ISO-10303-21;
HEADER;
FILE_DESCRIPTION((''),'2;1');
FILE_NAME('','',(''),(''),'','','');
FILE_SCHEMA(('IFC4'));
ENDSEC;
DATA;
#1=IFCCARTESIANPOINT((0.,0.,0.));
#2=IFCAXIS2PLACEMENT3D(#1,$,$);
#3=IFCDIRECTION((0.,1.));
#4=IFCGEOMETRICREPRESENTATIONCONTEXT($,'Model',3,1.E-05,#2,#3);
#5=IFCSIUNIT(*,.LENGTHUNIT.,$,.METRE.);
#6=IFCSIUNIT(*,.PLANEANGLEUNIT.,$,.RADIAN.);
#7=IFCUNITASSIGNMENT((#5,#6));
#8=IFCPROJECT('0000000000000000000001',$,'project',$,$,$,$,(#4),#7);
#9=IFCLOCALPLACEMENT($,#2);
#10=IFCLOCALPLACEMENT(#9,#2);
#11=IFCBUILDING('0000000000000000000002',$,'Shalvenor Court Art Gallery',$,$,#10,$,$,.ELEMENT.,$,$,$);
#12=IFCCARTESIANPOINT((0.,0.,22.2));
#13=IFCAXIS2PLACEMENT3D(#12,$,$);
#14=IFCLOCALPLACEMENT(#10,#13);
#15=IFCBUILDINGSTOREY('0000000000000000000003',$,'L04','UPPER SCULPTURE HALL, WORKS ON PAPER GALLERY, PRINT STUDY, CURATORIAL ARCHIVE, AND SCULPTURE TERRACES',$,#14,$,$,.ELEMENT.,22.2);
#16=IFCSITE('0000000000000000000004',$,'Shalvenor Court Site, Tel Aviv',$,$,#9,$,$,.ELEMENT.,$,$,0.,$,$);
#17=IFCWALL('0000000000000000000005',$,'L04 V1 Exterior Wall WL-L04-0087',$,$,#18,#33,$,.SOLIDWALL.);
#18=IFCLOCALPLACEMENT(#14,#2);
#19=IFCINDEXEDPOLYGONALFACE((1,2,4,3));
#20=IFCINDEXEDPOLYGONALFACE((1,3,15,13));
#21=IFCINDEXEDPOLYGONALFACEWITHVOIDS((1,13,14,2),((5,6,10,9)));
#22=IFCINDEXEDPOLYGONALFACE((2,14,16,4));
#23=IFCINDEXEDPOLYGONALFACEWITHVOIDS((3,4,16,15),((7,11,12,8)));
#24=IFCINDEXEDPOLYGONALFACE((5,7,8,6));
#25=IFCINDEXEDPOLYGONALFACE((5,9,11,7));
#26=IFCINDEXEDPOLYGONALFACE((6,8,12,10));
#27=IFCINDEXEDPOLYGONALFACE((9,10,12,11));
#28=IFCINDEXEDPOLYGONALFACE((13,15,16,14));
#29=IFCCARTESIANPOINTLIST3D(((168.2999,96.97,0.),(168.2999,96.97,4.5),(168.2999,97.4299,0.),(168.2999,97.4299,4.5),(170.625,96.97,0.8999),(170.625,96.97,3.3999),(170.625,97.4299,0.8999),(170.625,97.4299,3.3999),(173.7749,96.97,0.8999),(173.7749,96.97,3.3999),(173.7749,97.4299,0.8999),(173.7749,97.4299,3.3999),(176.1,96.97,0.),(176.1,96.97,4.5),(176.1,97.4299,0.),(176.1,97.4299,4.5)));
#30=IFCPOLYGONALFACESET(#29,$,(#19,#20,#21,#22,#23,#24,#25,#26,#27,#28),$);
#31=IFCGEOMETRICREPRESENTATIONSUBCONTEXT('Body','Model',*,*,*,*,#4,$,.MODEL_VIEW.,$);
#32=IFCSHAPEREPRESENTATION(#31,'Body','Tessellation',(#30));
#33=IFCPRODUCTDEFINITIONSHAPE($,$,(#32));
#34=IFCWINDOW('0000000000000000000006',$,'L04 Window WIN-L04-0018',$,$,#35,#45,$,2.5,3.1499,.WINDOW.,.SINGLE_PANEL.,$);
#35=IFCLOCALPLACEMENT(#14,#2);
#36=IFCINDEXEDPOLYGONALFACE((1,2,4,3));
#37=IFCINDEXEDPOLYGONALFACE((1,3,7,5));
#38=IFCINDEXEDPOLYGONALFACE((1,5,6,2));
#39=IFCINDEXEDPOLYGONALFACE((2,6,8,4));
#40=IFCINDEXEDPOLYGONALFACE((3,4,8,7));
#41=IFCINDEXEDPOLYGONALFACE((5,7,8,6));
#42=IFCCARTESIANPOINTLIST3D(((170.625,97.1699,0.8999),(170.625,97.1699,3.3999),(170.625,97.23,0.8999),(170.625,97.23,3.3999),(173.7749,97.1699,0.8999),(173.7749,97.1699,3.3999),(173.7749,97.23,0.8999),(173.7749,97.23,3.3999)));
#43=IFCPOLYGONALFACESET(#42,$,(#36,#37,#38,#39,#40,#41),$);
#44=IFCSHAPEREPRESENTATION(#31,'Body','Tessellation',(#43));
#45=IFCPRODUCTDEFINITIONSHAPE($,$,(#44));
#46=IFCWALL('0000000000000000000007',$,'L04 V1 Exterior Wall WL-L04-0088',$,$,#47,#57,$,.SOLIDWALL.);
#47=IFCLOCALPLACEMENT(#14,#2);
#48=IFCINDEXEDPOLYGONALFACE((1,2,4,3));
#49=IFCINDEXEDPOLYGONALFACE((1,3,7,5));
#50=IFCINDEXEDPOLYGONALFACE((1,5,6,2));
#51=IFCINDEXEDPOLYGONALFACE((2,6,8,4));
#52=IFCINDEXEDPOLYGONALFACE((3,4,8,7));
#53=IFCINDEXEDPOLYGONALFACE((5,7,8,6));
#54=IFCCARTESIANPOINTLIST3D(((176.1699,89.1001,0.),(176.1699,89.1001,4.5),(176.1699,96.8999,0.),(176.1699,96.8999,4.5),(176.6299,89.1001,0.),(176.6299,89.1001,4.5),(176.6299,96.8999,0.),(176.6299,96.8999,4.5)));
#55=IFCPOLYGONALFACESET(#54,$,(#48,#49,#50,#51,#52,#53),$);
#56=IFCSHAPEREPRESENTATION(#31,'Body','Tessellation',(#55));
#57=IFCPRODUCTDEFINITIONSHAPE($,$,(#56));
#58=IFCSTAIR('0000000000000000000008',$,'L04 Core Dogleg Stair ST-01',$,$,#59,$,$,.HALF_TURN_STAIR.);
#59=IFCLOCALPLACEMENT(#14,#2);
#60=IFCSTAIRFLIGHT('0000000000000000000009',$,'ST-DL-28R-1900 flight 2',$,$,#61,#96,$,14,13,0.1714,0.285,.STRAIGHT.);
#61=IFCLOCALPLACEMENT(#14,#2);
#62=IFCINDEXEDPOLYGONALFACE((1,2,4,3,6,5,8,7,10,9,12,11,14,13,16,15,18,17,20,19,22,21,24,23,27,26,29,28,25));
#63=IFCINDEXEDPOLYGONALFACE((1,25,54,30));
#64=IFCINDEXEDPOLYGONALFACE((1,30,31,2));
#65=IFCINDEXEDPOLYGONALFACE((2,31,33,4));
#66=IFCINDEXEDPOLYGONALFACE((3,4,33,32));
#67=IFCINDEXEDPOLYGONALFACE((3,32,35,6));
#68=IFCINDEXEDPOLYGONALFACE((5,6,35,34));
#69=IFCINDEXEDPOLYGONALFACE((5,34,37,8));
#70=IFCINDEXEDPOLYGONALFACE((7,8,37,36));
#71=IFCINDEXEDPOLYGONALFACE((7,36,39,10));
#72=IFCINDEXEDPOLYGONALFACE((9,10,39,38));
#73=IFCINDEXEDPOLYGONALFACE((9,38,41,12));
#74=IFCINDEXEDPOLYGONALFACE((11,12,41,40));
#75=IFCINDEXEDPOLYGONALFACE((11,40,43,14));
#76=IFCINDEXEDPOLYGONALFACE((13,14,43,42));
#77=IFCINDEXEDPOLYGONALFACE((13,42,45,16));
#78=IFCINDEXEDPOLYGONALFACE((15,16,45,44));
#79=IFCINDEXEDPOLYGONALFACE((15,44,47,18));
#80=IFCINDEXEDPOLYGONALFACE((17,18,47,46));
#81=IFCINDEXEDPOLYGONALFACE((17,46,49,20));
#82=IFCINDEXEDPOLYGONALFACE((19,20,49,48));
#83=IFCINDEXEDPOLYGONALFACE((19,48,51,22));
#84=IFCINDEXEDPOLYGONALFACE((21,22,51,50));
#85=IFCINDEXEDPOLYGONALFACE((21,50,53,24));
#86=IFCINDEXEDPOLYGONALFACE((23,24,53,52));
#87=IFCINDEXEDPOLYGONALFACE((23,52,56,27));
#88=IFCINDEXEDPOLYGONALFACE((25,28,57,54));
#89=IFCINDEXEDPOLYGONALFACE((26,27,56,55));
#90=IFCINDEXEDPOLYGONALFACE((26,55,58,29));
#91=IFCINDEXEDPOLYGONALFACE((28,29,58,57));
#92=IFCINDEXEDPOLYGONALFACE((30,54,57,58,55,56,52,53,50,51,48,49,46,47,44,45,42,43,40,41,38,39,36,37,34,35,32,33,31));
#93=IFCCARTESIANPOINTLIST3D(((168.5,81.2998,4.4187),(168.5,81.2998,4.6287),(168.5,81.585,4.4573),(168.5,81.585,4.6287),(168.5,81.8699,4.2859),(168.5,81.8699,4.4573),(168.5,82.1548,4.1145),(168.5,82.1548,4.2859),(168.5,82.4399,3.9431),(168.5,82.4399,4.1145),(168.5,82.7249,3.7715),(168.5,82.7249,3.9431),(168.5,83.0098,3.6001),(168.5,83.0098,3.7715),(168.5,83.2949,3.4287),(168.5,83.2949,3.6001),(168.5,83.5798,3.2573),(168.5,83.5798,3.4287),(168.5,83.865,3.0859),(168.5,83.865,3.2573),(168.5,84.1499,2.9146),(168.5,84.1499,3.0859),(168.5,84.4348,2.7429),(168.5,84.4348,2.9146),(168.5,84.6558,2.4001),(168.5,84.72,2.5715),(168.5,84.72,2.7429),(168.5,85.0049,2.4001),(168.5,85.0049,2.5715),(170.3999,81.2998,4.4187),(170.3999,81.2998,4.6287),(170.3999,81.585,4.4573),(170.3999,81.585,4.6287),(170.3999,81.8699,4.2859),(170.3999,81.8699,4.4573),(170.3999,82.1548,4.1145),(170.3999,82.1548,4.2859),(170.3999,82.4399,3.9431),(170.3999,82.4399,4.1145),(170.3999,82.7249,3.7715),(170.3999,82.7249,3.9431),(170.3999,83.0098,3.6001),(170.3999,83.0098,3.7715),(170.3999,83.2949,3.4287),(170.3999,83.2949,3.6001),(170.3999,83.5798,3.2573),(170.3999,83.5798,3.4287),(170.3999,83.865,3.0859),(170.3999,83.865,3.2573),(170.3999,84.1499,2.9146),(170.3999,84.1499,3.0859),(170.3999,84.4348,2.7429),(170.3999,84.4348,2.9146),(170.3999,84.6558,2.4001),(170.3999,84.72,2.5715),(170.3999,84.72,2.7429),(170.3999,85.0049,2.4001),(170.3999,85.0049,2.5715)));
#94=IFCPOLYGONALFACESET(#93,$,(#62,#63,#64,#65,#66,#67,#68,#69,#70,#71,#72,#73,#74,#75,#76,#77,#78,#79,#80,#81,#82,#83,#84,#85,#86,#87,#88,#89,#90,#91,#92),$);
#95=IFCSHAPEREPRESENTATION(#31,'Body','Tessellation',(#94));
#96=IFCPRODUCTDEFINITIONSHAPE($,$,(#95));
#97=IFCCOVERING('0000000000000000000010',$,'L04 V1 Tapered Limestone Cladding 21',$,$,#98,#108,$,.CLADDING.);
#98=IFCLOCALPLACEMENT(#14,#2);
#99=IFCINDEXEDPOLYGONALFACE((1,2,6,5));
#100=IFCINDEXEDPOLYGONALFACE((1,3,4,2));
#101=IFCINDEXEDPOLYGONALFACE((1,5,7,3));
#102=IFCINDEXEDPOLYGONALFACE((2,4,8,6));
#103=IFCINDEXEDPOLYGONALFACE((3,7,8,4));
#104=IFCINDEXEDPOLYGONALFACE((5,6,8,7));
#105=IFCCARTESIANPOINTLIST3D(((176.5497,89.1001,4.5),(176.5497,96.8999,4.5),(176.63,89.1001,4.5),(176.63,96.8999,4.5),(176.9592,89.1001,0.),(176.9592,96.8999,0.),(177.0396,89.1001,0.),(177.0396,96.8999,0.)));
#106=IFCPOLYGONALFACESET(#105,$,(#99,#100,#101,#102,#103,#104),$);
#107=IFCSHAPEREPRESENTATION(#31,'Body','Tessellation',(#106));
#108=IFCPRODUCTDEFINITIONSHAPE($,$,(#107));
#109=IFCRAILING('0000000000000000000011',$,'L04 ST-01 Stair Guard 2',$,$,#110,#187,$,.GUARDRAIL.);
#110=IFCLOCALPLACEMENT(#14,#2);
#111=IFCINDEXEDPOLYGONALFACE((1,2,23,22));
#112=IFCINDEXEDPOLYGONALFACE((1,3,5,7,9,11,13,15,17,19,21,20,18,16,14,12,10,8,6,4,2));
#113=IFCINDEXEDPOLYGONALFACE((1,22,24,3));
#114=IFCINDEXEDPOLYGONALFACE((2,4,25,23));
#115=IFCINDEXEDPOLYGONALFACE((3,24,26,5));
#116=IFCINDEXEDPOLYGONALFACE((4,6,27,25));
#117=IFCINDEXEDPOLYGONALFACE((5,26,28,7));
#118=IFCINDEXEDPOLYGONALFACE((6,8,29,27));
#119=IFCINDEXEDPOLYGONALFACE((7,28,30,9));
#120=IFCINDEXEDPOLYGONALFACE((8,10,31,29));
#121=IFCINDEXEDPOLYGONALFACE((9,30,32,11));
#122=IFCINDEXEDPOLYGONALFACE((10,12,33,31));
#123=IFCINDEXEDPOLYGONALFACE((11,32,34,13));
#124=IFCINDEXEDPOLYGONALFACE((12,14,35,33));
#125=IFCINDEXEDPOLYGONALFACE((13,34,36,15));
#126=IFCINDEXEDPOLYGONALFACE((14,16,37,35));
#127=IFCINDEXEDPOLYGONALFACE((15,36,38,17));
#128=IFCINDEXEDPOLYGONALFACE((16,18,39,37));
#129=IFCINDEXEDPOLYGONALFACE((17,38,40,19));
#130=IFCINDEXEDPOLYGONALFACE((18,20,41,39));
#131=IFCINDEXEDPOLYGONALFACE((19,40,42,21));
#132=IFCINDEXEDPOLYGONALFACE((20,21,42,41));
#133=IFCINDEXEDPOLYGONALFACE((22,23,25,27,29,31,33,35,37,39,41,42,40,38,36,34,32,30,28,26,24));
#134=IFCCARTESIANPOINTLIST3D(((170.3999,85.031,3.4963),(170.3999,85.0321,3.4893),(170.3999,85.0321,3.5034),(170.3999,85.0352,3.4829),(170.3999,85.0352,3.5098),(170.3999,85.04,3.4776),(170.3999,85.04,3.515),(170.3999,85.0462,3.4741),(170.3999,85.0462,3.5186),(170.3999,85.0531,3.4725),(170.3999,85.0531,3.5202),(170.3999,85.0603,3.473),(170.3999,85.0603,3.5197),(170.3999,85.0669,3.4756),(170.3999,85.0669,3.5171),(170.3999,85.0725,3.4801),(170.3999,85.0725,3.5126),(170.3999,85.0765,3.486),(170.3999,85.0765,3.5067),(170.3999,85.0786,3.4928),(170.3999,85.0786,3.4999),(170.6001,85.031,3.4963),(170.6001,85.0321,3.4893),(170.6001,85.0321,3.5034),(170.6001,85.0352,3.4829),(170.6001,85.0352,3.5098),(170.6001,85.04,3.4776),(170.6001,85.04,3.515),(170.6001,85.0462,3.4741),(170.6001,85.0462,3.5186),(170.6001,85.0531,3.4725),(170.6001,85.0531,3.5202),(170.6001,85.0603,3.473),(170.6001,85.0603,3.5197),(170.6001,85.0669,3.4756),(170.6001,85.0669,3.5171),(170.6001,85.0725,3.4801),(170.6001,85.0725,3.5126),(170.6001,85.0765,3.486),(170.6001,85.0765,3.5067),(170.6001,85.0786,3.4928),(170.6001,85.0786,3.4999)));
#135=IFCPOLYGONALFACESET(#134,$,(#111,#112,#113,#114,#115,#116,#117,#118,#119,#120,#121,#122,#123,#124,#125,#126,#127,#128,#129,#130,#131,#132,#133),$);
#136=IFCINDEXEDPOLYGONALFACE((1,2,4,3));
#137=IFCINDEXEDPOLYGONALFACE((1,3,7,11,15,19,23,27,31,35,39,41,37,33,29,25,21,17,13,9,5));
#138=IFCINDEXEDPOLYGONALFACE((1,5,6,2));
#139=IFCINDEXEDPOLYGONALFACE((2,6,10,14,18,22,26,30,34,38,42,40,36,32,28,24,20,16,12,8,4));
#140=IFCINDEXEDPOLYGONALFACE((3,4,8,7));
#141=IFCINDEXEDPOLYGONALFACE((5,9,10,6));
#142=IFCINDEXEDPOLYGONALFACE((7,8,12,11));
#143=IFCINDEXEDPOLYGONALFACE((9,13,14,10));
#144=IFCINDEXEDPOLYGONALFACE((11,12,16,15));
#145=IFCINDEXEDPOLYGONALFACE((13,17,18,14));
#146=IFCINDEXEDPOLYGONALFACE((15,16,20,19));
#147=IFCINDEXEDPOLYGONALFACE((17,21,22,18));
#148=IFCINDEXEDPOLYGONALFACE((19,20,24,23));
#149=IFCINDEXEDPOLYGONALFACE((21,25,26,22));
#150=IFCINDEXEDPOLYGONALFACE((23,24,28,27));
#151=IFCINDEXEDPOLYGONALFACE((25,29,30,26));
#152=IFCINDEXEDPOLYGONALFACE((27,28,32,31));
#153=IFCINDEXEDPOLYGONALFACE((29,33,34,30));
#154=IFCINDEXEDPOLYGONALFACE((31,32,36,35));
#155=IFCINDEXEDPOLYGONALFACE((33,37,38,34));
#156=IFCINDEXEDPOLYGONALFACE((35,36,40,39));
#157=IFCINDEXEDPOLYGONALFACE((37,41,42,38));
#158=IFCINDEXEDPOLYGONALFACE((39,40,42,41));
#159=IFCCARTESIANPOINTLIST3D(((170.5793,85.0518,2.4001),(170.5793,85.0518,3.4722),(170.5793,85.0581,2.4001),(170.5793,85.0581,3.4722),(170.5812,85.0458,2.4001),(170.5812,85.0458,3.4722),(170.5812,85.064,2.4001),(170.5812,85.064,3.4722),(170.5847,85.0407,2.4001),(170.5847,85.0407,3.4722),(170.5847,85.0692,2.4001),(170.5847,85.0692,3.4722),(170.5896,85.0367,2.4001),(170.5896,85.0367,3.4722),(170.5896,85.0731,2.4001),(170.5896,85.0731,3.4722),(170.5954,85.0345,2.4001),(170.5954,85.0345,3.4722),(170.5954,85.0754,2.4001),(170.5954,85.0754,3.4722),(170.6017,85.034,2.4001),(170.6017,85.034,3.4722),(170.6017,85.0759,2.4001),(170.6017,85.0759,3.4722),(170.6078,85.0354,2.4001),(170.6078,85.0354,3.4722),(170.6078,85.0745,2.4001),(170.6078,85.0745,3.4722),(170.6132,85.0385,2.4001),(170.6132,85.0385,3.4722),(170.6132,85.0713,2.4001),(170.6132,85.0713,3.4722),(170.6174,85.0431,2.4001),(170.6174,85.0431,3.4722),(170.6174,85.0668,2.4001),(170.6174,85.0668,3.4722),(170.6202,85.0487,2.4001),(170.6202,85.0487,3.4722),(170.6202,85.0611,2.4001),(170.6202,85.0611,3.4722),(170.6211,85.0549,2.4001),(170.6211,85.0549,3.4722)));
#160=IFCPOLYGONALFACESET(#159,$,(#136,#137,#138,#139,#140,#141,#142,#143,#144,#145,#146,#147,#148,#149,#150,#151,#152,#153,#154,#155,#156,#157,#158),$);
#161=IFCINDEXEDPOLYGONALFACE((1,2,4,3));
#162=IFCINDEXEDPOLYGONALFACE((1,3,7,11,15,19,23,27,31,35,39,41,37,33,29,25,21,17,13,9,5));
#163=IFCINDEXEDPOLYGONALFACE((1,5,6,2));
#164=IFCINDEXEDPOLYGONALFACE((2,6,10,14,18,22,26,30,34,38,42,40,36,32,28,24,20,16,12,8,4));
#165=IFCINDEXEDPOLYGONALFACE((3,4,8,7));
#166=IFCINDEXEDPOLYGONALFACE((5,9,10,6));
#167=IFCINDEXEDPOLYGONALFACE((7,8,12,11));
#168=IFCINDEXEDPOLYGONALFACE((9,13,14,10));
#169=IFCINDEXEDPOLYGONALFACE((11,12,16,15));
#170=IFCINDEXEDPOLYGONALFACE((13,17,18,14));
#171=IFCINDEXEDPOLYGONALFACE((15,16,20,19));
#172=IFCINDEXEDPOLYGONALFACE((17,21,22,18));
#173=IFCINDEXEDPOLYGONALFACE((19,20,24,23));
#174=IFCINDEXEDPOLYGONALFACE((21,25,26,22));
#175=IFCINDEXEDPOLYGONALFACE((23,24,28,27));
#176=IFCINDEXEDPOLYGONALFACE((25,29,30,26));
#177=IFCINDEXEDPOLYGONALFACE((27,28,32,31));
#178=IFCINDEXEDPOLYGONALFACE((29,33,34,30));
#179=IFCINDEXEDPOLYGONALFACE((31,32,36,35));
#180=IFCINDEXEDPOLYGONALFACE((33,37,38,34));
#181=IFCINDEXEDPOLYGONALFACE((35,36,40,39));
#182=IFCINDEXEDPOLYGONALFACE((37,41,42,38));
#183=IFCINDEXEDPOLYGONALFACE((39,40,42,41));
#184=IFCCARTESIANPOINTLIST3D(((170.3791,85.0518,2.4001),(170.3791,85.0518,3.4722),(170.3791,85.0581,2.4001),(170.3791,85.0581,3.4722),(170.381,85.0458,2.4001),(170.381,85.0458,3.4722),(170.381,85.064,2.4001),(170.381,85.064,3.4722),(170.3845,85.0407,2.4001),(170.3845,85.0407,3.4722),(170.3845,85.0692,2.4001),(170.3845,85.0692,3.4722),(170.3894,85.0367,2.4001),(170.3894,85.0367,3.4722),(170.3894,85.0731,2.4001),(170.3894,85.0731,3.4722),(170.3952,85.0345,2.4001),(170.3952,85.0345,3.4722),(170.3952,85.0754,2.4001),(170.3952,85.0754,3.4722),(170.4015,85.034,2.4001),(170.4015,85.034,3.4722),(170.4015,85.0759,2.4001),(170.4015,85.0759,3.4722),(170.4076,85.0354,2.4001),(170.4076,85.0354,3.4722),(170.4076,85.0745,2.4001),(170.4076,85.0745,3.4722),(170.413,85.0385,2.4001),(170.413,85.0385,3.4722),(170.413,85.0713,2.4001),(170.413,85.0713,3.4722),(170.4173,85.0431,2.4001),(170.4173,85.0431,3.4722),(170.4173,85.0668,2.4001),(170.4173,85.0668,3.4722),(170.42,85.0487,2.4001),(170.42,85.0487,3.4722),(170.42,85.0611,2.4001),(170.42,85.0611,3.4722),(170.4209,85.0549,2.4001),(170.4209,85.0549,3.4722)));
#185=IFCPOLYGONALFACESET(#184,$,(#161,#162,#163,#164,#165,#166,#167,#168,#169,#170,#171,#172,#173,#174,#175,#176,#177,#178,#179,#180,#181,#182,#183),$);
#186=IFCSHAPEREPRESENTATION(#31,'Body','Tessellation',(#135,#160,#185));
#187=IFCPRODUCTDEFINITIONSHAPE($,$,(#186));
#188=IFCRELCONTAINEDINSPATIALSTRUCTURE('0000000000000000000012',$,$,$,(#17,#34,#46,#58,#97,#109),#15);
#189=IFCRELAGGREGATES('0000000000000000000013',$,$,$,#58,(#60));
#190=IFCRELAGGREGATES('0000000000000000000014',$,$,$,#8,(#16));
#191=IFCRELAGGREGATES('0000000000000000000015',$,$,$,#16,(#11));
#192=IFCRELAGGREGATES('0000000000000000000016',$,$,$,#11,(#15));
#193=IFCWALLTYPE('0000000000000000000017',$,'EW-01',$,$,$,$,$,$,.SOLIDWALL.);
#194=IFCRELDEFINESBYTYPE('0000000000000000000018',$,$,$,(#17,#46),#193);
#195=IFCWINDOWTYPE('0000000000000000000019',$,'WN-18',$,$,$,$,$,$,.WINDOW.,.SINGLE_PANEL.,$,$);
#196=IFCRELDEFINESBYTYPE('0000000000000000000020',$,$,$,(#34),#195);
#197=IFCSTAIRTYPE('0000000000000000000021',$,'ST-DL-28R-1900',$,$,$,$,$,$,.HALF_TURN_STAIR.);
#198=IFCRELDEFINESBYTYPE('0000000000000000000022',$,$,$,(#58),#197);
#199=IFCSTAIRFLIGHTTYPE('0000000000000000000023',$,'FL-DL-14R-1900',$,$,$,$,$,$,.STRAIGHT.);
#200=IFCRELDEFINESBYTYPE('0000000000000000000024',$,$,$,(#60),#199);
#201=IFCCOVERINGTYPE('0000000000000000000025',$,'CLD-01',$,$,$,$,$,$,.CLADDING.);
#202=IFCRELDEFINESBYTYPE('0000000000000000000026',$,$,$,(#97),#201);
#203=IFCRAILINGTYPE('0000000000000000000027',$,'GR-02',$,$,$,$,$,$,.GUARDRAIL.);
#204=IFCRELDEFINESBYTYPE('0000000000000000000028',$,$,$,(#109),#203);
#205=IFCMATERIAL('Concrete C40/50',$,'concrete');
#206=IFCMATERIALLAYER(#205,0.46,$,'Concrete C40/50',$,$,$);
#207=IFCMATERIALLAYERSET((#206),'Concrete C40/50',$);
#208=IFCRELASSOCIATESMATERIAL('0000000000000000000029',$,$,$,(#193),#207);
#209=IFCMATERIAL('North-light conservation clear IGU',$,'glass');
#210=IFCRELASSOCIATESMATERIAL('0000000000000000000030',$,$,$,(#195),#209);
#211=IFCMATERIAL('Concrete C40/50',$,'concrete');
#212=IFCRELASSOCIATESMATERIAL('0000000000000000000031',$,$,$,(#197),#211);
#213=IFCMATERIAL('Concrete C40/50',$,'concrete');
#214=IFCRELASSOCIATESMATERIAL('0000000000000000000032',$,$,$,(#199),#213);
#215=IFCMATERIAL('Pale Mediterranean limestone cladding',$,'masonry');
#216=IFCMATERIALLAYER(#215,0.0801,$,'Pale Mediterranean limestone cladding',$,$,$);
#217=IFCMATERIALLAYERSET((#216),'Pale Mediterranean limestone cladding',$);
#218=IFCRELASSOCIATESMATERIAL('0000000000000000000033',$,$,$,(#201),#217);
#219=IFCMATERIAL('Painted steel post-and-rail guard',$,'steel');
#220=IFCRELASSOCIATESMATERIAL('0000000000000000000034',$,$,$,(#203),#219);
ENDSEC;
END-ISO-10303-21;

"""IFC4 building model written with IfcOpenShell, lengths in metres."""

from ifc_helpers import new_model, si_unit, direction, frame, frame_2d, origin, origin_2d, place, context, subcontext, project, spatial, polyline, rectangle, circle, outline, extrude, material, layer, layer_set, type_object, element, fill, aggregate, save


model = new_model("IFC4")

# Units and contexts
model_context = context("Model", 3, precision=1e-05, world=origin(), true_north=direction((0.0, 1.0)))
body_context = subcontext(model_context, "Body", "Model", "MODEL_VIEW")
ifc_project = project(units=[si_unit("LENGTHUNIT", "METRE"), si_unit("PLANEANGLEUNIT", "RADIAN")], contexts=[model_context])

# Site, building, storey
site_placement = place(None, origin())
site = spatial("IfcSite", under=ifc_project, at=site_placement, Name="Shalvenor Court Site, Tel Aviv", CompositionType="ELEMENT", RefElevation=0.0)
building_placement = place(site_placement, origin())
building = spatial("IfcBuilding", under=site, at=building_placement, Name="Shalvenor Court Art Gallery", CompositionType="ELEMENT")
storey_placement = place(building_placement, frame((0.0, 0.0, 22.2)))
storey = spatial("IfcBuildingStorey", under=building, at=storey_placement, Name="L04", Description="UPPER SCULPTURE HALL, WORKS ON PAPER GALLERY, PRINT STUDY, CURATORIAL ARCHIVE, AND SCULPTURE TERRACES", CompositionType="ELEMENT", Elevation=22.2)

# Wall, opening, window
ifc_material_1 = material(Name="Concrete C40/50", Category="concrete")
ifc_layer_1 = layer(ifc_material_1, 0.46, Name="Concrete C40/50")
ifc_layer_set_1 = layer_set([ifc_layer_1], Name="Concrete C40/50")
wall_type_1 = type_object("IfcWallType", Name="EW-01", PredefinedType="SOLIDWALL", material=ifc_layer_set_1)
wall_1_placement = place(storey_placement, frame((168.3, 97.2, 0.0), z_axis=(0.0, 0.0, 1.0), x_axis=(1.0, 0.0, 0.0)))
wall_1 = element("IfcWall", 1, at=wall_1_placement, inside=storey, type_object=wall_type_1, Name="L04 V1 Exterior Wall WL-L04-0087", PredefinedType="SOLIDWALL", context=body_context, shape_type="SweptSolid", body=[
    extrude(rectangle(XDim=7.8, YDim=0.46, at=frame_2d((3.8999, 0.0))), origin(), (0.0, 0.0, 1.0), 4.5),
])
opening_1_placement = place(wall_1_placement, frame((2.325, 0.0, 0.8999)))
opening_1 = element("IfcOpeningElement", 2, at=opening_1_placement, cuts=wall_1, PredefinedType="OPENING", context=body_context, shape_type="SweptSolid", body=[
    extrude(rectangle(XDim=3.1499, YDim=2.5, at=frame_2d((1.575, 1.25))), frame((0.0, 0.24, 0.0), z_axis=(0.0, -1.0, 0.0), x_axis=(1.0, 0.0, 0.0)), (0.0, 0.0, 1.0), 0.48),
])
ifc_material_2 = material(Name="North-light conservation clear IGU", Category="glass")
window_type = type_object("IfcWindowType", Name="WN-18", PartitioningType="SINGLE_PANEL", PredefinedType="WINDOW", material=ifc_material_2)
window_placement = place(opening_1_placement, origin())
window = element("IfcWindow", 3, at=window_placement, inside=storey, type_object=window_type, Name="L04 Window WIN-L04-0018", OverallHeight=2.5, OverallWidth=3.1499, PartitioningType="SINGLE_PANEL", PredefinedType="WINDOW", context=body_context, shape_type="SweptSolid", body=[
    extrude(rectangle(XDim=3.1499, YDim=2.5, at=frame_2d((1.575, 1.25))), frame((0.0, 0.03, 0.0), z_axis=(0.0, -1.0, 0.0), x_axis=(1.0, 0.0, 0.0)), (0.0, 0.0, 1.0), 0.0601),
])
fill(opening_1, window)

# Wall
wall_2_placement = place(storey_placement, frame((176.3999, 96.8999, 0.0), z_axis=(0.0, 0.0, 1.0), x_axis=(0.0, -1.0, 0.0)))
element("IfcWall", 4, at=wall_2_placement, inside=storey, type_object=wall_type_1, Name="L04 V1 Exterior Wall WL-L04-0088", PredefinedType="SOLIDWALL", context=body_context, shape_type="SweptSolid", body=[
    extrude(rectangle(XDim=7.7998, YDim=0.46, at=frame_2d((3.8999, 0.0))), origin(), (0.0, 0.0, 1.0), 4.5),
])

# Stair, stair flight
ifc_material_3 = material(Name="Concrete C40/50", Category="concrete")
stair_type = type_object("IfcStairType", Name="ST-DL-28R-1900", PredefinedType="HALF_TURN_STAIR", material=ifc_material_3)
stair_placement = place(storey_placement, origin())
stair = element("IfcStair", 5, at=stair_placement, inside=storey, type_object=stair_type, Name="L04 Core Dogleg Stair ST-01", PredefinedType="HALF_TURN_STAIR")
ifc_material_4 = material(Name="Concrete C40/50", Category="concrete")
stair_flight_type = type_object("IfcStairFlightType", Name="FL-DL-14R-1900", PredefinedType="STRAIGHT", material=ifc_material_4)
stair_flight_placement = place(storey_placement, frame((169.45, 85.0049, 2.4001), z_axis=(0.0, 0.0, 1.0), x_axis=(0.0, -1.0, 0.0)))
stair_flight = element("IfcStairFlight", 6, at=stair_flight_placement, type_object=stair_flight_type, Name="ST-DL-28R-1900 flight 2", NumberOfRisers=14, NumberOfTreads=13, PredefinedType="STRAIGHT", RiserHeight=0.1714, TreadLength=0.285, context=body_context, shape_type="SweptSolid", body=[
    extrude(outline(polyline([(0.0, 0.0), (0.0, 0.1714), (0.2849, 0.1714), (0.2849, 0.3428), (0.5701, 0.3428), (0.5701, 0.5144), (0.855, 0.5144), (0.855, 0.6858), (1.1399, 0.6858), (1.1399, 0.8572), (1.425, 0.8572), (1.425, 1.0286), (1.71, 1.0286), (1.71, 1.2), (1.9951, 1.2), (1.9951, 1.3713), (2.28, 1.3713), (2.28, 1.543), (2.5649, 1.543), (2.5649, 1.7144), (2.8501, 1.7144), (2.8501, 1.8857), (3.135, 1.8857), (3.135, 2.0571), (3.4199, 2.0571), (3.4199, 2.2285), (3.7051, 2.2285), (3.7051, 2.3999), (3.7051, 2.0186), (0.3491, 0.0), (0.0, 0.0)])), frame((0.0, 0.95, 0.0), z_axis=(0.0, -1.0, 0.0), x_axis=(1.0, 0.0, 0.0)), (0.0, 0.0, 1.0), 1.8999),
])
aggregate(stair, [stair_flight])

# Covering
ifc_material_5 = material(Name="Pale Mediterranean limestone cladding", Category="masonry")
ifc_layer_2 = layer(ifc_material_5, 0.0801, Name="Pale Mediterranean limestone cladding")
ifc_layer_set_2 = layer_set([ifc_layer_2], Name="Pale Mediterranean limestone cladding")
covering_type = type_object("IfcCoveringType", Name="CLD-01", PredefinedType="CLADDING", material=ifc_layer_set_2)
covering_placement = place(storey_placement, frame((177.0396, 89.1001, 0.0), z_axis=(0.0, 0.0, 1.0), x_axis=(0.0, 1.0, 0.0)))
element("IfcCovering", 7, at=covering_placement, inside=storey, type_object=covering_type, Name="L04 V1 Tapered Limestone Cladding 21", PredefinedType="CLADDING", context=body_context, shape_type="SweptSolid", body=[
    extrude(outline(polyline([(0.0, 0.0), (7.7998, 0.0), (7.7998, 4.5186), (0.0, 4.5186), (0.0, 0.0)])), frame((0.0, 0.0, 0.0), z_axis=(0.0, -0.995884, 0.090633), x_axis=(1.0, 0.0, 0.0)), (0.0, 0.090633, -0.995884), 0.0803),
])

# Railing
ifc_material_6 = material(Name="Painted steel post-and-rail guard", Category="steel")
railing_type_1 = type_object("IfcRailingType", Name="GR-02", PredefinedType="GUARDRAIL", material=ifc_material_6)
railing_1_placement = place(storey_placement, frame((170.6001, 85.0549, 2.4001)))
element("IfcRailing", 8, at=railing_1_placement, inside=storey, type_object=railing_type_1, Name="L04 ST-01 Stair Guard 2", PredefinedType="GUARDRAIL", context=body_context, shape_type="SweptSolid", body=[
    extrude(circle(Radius=0.0239, at=origin_2d()), frame((0.0, 0.0, 1.0962), z_axis=(-1.0, 0.0, 0.0), x_axis=(0.0, -1.0, 0.0)), (0.0, 0.0, 1.0), 0.2002),
    extrude(circle(Radius=0.021, at=origin_2d()), origin(), (0.0, 0.0, 1.0), 1.072),
    extrude(circle(Radius=0.021, at=origin_2d()), frame((-0.2002, 0.0, 0.0)), (0.0, 0.0, 1.0), 1.072),
])

save(model, "model.ifc")
